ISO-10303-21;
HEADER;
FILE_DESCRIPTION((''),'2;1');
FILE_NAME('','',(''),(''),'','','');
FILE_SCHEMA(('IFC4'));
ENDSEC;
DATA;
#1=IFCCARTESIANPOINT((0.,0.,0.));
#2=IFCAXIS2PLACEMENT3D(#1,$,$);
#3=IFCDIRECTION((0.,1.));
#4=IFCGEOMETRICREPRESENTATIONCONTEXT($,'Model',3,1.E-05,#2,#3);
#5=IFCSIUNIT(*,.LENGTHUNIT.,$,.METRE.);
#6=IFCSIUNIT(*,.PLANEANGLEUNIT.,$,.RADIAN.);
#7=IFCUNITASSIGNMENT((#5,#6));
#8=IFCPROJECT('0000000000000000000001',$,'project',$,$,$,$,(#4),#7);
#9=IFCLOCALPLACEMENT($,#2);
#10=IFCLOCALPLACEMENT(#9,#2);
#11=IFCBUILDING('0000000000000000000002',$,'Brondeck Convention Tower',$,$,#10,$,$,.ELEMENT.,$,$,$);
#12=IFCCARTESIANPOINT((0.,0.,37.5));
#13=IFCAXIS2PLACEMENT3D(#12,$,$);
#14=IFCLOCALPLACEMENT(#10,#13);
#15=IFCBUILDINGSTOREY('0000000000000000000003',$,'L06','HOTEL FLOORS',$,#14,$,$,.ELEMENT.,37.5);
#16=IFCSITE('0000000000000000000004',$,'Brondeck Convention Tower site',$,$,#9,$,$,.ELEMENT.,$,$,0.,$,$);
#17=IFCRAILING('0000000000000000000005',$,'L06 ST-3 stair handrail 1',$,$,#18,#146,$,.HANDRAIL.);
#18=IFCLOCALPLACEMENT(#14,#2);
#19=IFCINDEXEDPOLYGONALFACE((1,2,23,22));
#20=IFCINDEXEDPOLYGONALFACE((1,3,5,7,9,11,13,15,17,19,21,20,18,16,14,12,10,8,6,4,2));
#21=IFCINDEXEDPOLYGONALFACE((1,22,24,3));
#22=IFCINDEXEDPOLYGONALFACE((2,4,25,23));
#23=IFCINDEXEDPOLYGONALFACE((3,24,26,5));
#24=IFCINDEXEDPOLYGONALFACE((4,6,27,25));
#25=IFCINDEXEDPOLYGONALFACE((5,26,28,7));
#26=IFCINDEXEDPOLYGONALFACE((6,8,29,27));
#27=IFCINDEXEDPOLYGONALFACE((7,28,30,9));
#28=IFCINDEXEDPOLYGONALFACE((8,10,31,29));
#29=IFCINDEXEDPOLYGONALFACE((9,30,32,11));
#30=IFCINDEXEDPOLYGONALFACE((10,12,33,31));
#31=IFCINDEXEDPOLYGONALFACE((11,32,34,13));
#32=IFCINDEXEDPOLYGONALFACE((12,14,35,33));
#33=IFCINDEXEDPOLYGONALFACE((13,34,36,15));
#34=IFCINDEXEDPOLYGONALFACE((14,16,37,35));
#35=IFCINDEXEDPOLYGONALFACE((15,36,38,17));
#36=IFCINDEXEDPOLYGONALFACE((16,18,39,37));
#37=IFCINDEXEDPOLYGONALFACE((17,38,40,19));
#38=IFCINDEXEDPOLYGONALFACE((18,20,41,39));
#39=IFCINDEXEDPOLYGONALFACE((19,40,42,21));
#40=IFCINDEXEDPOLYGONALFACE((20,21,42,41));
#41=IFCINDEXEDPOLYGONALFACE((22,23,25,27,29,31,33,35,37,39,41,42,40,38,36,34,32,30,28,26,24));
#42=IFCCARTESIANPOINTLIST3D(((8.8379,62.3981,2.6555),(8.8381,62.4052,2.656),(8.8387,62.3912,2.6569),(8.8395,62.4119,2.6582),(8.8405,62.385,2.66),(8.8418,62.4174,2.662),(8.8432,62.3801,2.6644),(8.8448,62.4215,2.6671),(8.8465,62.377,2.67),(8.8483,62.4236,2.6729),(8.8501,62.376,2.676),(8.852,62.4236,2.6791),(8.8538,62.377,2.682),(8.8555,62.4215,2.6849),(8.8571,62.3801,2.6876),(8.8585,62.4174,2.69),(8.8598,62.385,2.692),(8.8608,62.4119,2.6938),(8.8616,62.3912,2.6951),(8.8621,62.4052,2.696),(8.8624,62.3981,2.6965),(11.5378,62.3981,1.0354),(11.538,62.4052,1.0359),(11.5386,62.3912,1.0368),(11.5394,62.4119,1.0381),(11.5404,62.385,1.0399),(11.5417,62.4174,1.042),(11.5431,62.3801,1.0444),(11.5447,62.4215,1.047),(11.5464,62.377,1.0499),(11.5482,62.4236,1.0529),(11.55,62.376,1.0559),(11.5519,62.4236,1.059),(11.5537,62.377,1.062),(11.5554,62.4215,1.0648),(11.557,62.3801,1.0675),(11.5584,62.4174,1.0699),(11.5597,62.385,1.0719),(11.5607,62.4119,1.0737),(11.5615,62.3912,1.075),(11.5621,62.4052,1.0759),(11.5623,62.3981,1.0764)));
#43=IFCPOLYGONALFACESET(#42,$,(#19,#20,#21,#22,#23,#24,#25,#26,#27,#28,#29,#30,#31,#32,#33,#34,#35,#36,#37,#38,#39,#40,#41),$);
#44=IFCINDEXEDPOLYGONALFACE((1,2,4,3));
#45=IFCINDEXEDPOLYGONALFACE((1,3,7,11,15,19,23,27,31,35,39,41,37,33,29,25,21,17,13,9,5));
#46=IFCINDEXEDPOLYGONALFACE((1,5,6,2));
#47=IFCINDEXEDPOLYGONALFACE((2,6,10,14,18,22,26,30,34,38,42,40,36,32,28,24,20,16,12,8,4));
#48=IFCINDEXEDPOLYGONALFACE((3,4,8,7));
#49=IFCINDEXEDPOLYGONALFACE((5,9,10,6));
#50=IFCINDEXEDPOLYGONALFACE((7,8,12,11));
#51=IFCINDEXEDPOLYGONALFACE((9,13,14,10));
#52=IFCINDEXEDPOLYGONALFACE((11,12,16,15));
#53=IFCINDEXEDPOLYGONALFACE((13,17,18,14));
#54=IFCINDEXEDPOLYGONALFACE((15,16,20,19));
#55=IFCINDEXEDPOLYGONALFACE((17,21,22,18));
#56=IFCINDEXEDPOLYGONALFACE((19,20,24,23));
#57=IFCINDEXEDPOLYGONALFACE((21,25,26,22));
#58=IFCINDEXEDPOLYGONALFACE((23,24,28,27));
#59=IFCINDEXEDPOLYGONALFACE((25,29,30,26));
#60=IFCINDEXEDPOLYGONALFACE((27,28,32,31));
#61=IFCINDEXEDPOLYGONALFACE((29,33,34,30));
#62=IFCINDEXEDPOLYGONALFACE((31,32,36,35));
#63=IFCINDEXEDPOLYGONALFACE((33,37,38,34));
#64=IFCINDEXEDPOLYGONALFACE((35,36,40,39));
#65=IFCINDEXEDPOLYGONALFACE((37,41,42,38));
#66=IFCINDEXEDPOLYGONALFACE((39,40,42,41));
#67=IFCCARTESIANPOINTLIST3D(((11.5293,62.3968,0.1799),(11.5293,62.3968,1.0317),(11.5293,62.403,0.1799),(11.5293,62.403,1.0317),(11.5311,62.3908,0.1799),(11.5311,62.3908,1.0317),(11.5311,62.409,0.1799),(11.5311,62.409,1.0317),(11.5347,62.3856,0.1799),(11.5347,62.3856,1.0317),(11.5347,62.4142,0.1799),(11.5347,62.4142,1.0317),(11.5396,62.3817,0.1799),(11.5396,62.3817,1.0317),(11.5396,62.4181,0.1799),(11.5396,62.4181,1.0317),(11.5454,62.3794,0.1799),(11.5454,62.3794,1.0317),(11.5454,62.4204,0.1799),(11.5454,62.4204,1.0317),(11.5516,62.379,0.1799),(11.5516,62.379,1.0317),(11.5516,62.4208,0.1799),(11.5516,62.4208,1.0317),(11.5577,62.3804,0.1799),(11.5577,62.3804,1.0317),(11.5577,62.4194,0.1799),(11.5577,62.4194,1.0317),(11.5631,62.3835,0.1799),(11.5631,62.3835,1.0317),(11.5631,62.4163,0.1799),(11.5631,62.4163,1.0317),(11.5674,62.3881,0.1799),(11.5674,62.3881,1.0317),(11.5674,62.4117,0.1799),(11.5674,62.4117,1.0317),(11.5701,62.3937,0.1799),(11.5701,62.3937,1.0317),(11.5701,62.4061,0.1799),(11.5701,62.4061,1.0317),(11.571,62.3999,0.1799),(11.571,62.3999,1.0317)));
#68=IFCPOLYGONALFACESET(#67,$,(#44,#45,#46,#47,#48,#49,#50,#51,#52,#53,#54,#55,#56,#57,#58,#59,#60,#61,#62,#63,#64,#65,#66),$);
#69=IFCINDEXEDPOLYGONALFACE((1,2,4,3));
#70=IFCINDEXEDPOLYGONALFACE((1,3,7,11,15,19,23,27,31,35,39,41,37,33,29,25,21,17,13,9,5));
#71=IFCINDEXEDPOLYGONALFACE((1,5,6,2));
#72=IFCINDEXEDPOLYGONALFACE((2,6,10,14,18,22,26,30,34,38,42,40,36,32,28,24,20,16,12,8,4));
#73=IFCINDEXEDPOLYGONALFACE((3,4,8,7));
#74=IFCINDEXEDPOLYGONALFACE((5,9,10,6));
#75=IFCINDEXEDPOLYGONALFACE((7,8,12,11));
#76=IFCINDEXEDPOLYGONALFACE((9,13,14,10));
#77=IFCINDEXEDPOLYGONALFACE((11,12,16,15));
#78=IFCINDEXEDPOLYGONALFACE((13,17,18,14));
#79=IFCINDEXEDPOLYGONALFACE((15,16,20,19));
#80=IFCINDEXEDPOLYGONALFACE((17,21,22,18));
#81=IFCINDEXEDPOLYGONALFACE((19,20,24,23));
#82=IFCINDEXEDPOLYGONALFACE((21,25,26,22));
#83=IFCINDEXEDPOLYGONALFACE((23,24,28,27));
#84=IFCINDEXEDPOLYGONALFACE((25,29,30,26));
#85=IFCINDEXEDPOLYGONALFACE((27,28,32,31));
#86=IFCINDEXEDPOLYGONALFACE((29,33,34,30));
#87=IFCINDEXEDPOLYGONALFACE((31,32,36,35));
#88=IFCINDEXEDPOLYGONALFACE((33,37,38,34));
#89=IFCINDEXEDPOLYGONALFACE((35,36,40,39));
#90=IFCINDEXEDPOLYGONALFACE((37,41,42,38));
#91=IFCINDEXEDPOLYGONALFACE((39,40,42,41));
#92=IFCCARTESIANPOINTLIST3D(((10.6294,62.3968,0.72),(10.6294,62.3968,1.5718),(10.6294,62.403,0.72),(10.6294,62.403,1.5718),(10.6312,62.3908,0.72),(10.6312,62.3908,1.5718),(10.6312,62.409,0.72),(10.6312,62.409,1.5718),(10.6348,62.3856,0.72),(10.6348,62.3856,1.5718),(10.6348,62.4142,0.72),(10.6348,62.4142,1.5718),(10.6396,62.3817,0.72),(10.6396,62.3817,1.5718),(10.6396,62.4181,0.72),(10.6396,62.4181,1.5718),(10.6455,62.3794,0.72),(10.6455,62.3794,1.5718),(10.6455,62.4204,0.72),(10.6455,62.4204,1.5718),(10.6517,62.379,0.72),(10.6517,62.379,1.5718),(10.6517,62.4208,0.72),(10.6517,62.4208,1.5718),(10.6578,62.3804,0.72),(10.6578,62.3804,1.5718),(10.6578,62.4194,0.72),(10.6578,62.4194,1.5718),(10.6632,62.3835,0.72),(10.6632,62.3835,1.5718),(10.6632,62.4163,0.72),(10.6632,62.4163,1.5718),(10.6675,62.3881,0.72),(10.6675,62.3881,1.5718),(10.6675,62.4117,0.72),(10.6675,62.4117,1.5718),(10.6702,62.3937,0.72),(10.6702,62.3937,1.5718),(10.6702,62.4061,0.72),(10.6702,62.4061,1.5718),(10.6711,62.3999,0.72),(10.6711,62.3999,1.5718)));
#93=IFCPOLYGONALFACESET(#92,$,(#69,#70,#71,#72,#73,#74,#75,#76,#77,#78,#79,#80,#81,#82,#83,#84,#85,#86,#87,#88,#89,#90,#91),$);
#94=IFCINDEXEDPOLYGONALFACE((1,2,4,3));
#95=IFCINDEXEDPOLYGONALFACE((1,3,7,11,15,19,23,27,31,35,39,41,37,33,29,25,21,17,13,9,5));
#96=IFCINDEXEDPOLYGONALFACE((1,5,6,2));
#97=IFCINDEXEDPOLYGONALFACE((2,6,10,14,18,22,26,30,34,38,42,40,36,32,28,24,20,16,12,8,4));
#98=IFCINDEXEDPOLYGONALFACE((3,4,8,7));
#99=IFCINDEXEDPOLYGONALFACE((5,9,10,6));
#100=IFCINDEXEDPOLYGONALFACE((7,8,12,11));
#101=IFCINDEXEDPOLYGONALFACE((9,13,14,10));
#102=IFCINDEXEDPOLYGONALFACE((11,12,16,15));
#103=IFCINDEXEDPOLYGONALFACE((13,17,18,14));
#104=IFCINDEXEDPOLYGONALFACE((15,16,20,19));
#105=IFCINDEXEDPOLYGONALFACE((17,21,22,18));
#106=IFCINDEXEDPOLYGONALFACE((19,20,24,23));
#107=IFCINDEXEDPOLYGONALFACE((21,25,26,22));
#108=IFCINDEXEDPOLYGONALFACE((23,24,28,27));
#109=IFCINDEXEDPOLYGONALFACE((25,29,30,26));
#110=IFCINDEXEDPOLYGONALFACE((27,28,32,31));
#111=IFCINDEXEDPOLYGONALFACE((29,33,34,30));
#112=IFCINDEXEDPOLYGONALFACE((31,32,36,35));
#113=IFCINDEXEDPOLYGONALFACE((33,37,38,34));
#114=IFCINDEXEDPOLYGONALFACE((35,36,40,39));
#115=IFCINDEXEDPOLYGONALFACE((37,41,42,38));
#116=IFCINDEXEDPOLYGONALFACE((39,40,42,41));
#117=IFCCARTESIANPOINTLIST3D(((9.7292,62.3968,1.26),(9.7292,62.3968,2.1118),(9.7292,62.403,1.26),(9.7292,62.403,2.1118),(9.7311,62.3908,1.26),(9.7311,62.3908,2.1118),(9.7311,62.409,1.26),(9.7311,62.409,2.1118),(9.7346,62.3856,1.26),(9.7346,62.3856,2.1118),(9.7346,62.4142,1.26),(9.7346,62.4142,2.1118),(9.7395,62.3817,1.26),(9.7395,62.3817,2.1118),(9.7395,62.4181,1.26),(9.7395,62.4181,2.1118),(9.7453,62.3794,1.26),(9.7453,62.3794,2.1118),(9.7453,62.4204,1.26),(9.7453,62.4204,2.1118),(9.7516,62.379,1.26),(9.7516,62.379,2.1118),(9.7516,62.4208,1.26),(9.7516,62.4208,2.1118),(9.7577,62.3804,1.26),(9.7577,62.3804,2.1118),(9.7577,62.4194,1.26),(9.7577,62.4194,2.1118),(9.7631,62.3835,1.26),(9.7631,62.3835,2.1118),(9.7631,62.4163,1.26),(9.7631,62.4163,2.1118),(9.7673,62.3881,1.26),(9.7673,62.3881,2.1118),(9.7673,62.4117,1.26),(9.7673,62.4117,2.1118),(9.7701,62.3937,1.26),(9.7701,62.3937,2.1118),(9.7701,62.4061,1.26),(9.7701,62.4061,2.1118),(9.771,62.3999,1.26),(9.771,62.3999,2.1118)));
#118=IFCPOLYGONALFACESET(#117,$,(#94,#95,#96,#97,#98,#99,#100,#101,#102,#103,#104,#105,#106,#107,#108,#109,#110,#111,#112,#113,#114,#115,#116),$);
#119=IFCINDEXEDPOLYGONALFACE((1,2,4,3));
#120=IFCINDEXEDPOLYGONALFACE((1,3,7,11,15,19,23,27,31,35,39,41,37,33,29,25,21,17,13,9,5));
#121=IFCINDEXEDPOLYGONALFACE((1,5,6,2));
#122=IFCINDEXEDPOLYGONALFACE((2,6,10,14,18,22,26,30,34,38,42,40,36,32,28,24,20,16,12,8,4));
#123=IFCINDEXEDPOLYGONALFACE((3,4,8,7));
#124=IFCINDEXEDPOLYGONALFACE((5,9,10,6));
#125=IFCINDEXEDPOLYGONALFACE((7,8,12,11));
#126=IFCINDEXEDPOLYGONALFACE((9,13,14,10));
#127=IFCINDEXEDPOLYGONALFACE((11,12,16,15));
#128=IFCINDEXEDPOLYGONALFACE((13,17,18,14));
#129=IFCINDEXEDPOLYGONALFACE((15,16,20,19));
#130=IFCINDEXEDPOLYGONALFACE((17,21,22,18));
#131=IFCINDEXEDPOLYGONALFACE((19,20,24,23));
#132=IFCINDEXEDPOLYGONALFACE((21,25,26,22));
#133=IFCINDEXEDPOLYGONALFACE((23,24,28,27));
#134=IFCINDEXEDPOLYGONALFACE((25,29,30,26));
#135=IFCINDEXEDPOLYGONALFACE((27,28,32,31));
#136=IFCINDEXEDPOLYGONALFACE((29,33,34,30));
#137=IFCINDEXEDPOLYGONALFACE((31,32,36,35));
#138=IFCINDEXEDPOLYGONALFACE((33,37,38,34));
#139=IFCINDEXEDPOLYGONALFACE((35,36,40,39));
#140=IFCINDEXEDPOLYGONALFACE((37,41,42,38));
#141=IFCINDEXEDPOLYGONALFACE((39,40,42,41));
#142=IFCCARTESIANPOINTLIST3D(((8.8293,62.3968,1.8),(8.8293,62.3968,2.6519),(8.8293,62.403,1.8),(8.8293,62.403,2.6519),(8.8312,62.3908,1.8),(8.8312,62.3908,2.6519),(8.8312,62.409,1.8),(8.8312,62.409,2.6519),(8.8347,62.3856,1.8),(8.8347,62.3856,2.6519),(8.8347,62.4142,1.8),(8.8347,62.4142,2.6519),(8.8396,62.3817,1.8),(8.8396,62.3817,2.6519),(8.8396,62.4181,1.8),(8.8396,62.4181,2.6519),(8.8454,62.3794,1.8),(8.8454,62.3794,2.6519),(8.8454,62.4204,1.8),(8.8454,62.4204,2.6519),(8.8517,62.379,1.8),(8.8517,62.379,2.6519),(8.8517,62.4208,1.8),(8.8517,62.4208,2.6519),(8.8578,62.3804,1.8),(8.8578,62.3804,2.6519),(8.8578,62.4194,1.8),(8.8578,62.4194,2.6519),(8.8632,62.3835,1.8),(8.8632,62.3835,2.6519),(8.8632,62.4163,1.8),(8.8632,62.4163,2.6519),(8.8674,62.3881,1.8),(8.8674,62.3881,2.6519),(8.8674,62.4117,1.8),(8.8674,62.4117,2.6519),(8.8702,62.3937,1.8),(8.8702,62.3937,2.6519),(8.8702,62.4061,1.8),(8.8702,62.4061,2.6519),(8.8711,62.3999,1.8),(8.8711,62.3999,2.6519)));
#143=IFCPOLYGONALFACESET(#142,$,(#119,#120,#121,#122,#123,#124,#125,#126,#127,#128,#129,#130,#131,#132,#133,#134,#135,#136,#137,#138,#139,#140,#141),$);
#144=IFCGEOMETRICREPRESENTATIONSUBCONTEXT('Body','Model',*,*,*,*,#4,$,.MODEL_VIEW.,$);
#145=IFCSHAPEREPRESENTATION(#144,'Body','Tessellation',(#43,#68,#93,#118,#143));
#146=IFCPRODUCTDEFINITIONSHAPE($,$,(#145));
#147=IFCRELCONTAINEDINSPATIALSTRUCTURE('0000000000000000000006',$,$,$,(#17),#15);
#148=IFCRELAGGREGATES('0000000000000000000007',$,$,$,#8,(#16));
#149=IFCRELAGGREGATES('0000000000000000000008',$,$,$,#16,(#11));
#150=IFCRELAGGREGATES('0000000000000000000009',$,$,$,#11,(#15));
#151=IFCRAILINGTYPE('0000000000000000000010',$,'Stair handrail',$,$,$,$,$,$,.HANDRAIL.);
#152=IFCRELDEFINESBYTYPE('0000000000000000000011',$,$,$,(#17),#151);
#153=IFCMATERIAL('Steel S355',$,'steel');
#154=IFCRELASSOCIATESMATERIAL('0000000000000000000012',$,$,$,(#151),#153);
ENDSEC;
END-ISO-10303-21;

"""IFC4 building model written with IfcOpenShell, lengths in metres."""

from ifc_helpers import new_model, si_unit, direction, frame, origin, origin_2d, place, context, subcontext, project, spatial, circle, extrude, material, type_object, element, save


model = new_model("IFC4")

# Units and contexts
model_context = context("Model", 3, precision=1e-05, world=origin(), true_north=direction((0.0, 1.0)))
body_context = subcontext(model_context, "Body", "Model", "MODEL_VIEW")
ifc_project = project(units=[si_unit("LENGTHUNIT", "METRE"), si_unit("PLANEANGLEUNIT", "RADIAN")], contexts=[model_context])

# Site, building, storey
site_placement = place(None, origin())
site = spatial("IfcSite", under=ifc_project, at=site_placement, Name="Brondeck Convention Tower site", CompositionType="ELEMENT", RefElevation=0.0)
building_placement = place(site_placement, origin())
building = spatial("IfcBuilding", under=site, at=building_placement, Name="Brondeck Convention Tower", CompositionType="ELEMENT")
storey_placement = place(building_placement, frame((0.0, 0.0, 37.5)))
storey = spatial("IfcBuildingStorey", under=building, at=storey_placement, Name="L06", Description="HOTEL FLOORS", CompositionType="ELEMENT", Elevation=37.5)

# Railing
ifc_material_1 = material(Name="Steel S355", Category="steel")
railing_type_1 = type_object("IfcRailingType", Name="Stair handrail", PredefinedType="HANDRAIL", material=ifc_material_1)
railing_1_placement = place(storey_placement, frame((11.55, 62.3999, 0.1799)))
element("IfcRailing", 1, at=railing_1_placement, inside=storey, type_object=railing_type_1, Name="L06 ST-3 stair handrail 1", PredefinedType="HANDRAIL", context=body_context, shape_type="SweptSolid", body=[
    extrude(circle(Radius=0.0239, at=origin_2d()), frame((0.0, 0.0, 0.876), z_axis=(-0.857472, 0.0, 0.51453), x_axis=(0.0, -1.0, 0.0)), (0.0, 0.0, 1.0), 3.1487),
    extrude(circle(Radius=0.021, at=origin_2d()), origin(), (0.0, 0.0, 1.0), 0.8518),
    extrude(circle(Radius=0.021, at=origin_2d()), frame((-0.8999, 0.0, 0.54)), (0.0, 0.0, 1.0), 0.8518),
    extrude(circle(Radius=0.021, at=origin_2d()), frame((-1.8, 0.0, 1.0801)), (0.0, 0.0, 1.0), 0.8518),
    extrude(circle(Radius=0.021, at=origin_2d()), frame((-2.7, 0.0, 1.6201)), (0.0, 0.0, 1.0), 0.8518),
])

save(model, "model.ifc")
